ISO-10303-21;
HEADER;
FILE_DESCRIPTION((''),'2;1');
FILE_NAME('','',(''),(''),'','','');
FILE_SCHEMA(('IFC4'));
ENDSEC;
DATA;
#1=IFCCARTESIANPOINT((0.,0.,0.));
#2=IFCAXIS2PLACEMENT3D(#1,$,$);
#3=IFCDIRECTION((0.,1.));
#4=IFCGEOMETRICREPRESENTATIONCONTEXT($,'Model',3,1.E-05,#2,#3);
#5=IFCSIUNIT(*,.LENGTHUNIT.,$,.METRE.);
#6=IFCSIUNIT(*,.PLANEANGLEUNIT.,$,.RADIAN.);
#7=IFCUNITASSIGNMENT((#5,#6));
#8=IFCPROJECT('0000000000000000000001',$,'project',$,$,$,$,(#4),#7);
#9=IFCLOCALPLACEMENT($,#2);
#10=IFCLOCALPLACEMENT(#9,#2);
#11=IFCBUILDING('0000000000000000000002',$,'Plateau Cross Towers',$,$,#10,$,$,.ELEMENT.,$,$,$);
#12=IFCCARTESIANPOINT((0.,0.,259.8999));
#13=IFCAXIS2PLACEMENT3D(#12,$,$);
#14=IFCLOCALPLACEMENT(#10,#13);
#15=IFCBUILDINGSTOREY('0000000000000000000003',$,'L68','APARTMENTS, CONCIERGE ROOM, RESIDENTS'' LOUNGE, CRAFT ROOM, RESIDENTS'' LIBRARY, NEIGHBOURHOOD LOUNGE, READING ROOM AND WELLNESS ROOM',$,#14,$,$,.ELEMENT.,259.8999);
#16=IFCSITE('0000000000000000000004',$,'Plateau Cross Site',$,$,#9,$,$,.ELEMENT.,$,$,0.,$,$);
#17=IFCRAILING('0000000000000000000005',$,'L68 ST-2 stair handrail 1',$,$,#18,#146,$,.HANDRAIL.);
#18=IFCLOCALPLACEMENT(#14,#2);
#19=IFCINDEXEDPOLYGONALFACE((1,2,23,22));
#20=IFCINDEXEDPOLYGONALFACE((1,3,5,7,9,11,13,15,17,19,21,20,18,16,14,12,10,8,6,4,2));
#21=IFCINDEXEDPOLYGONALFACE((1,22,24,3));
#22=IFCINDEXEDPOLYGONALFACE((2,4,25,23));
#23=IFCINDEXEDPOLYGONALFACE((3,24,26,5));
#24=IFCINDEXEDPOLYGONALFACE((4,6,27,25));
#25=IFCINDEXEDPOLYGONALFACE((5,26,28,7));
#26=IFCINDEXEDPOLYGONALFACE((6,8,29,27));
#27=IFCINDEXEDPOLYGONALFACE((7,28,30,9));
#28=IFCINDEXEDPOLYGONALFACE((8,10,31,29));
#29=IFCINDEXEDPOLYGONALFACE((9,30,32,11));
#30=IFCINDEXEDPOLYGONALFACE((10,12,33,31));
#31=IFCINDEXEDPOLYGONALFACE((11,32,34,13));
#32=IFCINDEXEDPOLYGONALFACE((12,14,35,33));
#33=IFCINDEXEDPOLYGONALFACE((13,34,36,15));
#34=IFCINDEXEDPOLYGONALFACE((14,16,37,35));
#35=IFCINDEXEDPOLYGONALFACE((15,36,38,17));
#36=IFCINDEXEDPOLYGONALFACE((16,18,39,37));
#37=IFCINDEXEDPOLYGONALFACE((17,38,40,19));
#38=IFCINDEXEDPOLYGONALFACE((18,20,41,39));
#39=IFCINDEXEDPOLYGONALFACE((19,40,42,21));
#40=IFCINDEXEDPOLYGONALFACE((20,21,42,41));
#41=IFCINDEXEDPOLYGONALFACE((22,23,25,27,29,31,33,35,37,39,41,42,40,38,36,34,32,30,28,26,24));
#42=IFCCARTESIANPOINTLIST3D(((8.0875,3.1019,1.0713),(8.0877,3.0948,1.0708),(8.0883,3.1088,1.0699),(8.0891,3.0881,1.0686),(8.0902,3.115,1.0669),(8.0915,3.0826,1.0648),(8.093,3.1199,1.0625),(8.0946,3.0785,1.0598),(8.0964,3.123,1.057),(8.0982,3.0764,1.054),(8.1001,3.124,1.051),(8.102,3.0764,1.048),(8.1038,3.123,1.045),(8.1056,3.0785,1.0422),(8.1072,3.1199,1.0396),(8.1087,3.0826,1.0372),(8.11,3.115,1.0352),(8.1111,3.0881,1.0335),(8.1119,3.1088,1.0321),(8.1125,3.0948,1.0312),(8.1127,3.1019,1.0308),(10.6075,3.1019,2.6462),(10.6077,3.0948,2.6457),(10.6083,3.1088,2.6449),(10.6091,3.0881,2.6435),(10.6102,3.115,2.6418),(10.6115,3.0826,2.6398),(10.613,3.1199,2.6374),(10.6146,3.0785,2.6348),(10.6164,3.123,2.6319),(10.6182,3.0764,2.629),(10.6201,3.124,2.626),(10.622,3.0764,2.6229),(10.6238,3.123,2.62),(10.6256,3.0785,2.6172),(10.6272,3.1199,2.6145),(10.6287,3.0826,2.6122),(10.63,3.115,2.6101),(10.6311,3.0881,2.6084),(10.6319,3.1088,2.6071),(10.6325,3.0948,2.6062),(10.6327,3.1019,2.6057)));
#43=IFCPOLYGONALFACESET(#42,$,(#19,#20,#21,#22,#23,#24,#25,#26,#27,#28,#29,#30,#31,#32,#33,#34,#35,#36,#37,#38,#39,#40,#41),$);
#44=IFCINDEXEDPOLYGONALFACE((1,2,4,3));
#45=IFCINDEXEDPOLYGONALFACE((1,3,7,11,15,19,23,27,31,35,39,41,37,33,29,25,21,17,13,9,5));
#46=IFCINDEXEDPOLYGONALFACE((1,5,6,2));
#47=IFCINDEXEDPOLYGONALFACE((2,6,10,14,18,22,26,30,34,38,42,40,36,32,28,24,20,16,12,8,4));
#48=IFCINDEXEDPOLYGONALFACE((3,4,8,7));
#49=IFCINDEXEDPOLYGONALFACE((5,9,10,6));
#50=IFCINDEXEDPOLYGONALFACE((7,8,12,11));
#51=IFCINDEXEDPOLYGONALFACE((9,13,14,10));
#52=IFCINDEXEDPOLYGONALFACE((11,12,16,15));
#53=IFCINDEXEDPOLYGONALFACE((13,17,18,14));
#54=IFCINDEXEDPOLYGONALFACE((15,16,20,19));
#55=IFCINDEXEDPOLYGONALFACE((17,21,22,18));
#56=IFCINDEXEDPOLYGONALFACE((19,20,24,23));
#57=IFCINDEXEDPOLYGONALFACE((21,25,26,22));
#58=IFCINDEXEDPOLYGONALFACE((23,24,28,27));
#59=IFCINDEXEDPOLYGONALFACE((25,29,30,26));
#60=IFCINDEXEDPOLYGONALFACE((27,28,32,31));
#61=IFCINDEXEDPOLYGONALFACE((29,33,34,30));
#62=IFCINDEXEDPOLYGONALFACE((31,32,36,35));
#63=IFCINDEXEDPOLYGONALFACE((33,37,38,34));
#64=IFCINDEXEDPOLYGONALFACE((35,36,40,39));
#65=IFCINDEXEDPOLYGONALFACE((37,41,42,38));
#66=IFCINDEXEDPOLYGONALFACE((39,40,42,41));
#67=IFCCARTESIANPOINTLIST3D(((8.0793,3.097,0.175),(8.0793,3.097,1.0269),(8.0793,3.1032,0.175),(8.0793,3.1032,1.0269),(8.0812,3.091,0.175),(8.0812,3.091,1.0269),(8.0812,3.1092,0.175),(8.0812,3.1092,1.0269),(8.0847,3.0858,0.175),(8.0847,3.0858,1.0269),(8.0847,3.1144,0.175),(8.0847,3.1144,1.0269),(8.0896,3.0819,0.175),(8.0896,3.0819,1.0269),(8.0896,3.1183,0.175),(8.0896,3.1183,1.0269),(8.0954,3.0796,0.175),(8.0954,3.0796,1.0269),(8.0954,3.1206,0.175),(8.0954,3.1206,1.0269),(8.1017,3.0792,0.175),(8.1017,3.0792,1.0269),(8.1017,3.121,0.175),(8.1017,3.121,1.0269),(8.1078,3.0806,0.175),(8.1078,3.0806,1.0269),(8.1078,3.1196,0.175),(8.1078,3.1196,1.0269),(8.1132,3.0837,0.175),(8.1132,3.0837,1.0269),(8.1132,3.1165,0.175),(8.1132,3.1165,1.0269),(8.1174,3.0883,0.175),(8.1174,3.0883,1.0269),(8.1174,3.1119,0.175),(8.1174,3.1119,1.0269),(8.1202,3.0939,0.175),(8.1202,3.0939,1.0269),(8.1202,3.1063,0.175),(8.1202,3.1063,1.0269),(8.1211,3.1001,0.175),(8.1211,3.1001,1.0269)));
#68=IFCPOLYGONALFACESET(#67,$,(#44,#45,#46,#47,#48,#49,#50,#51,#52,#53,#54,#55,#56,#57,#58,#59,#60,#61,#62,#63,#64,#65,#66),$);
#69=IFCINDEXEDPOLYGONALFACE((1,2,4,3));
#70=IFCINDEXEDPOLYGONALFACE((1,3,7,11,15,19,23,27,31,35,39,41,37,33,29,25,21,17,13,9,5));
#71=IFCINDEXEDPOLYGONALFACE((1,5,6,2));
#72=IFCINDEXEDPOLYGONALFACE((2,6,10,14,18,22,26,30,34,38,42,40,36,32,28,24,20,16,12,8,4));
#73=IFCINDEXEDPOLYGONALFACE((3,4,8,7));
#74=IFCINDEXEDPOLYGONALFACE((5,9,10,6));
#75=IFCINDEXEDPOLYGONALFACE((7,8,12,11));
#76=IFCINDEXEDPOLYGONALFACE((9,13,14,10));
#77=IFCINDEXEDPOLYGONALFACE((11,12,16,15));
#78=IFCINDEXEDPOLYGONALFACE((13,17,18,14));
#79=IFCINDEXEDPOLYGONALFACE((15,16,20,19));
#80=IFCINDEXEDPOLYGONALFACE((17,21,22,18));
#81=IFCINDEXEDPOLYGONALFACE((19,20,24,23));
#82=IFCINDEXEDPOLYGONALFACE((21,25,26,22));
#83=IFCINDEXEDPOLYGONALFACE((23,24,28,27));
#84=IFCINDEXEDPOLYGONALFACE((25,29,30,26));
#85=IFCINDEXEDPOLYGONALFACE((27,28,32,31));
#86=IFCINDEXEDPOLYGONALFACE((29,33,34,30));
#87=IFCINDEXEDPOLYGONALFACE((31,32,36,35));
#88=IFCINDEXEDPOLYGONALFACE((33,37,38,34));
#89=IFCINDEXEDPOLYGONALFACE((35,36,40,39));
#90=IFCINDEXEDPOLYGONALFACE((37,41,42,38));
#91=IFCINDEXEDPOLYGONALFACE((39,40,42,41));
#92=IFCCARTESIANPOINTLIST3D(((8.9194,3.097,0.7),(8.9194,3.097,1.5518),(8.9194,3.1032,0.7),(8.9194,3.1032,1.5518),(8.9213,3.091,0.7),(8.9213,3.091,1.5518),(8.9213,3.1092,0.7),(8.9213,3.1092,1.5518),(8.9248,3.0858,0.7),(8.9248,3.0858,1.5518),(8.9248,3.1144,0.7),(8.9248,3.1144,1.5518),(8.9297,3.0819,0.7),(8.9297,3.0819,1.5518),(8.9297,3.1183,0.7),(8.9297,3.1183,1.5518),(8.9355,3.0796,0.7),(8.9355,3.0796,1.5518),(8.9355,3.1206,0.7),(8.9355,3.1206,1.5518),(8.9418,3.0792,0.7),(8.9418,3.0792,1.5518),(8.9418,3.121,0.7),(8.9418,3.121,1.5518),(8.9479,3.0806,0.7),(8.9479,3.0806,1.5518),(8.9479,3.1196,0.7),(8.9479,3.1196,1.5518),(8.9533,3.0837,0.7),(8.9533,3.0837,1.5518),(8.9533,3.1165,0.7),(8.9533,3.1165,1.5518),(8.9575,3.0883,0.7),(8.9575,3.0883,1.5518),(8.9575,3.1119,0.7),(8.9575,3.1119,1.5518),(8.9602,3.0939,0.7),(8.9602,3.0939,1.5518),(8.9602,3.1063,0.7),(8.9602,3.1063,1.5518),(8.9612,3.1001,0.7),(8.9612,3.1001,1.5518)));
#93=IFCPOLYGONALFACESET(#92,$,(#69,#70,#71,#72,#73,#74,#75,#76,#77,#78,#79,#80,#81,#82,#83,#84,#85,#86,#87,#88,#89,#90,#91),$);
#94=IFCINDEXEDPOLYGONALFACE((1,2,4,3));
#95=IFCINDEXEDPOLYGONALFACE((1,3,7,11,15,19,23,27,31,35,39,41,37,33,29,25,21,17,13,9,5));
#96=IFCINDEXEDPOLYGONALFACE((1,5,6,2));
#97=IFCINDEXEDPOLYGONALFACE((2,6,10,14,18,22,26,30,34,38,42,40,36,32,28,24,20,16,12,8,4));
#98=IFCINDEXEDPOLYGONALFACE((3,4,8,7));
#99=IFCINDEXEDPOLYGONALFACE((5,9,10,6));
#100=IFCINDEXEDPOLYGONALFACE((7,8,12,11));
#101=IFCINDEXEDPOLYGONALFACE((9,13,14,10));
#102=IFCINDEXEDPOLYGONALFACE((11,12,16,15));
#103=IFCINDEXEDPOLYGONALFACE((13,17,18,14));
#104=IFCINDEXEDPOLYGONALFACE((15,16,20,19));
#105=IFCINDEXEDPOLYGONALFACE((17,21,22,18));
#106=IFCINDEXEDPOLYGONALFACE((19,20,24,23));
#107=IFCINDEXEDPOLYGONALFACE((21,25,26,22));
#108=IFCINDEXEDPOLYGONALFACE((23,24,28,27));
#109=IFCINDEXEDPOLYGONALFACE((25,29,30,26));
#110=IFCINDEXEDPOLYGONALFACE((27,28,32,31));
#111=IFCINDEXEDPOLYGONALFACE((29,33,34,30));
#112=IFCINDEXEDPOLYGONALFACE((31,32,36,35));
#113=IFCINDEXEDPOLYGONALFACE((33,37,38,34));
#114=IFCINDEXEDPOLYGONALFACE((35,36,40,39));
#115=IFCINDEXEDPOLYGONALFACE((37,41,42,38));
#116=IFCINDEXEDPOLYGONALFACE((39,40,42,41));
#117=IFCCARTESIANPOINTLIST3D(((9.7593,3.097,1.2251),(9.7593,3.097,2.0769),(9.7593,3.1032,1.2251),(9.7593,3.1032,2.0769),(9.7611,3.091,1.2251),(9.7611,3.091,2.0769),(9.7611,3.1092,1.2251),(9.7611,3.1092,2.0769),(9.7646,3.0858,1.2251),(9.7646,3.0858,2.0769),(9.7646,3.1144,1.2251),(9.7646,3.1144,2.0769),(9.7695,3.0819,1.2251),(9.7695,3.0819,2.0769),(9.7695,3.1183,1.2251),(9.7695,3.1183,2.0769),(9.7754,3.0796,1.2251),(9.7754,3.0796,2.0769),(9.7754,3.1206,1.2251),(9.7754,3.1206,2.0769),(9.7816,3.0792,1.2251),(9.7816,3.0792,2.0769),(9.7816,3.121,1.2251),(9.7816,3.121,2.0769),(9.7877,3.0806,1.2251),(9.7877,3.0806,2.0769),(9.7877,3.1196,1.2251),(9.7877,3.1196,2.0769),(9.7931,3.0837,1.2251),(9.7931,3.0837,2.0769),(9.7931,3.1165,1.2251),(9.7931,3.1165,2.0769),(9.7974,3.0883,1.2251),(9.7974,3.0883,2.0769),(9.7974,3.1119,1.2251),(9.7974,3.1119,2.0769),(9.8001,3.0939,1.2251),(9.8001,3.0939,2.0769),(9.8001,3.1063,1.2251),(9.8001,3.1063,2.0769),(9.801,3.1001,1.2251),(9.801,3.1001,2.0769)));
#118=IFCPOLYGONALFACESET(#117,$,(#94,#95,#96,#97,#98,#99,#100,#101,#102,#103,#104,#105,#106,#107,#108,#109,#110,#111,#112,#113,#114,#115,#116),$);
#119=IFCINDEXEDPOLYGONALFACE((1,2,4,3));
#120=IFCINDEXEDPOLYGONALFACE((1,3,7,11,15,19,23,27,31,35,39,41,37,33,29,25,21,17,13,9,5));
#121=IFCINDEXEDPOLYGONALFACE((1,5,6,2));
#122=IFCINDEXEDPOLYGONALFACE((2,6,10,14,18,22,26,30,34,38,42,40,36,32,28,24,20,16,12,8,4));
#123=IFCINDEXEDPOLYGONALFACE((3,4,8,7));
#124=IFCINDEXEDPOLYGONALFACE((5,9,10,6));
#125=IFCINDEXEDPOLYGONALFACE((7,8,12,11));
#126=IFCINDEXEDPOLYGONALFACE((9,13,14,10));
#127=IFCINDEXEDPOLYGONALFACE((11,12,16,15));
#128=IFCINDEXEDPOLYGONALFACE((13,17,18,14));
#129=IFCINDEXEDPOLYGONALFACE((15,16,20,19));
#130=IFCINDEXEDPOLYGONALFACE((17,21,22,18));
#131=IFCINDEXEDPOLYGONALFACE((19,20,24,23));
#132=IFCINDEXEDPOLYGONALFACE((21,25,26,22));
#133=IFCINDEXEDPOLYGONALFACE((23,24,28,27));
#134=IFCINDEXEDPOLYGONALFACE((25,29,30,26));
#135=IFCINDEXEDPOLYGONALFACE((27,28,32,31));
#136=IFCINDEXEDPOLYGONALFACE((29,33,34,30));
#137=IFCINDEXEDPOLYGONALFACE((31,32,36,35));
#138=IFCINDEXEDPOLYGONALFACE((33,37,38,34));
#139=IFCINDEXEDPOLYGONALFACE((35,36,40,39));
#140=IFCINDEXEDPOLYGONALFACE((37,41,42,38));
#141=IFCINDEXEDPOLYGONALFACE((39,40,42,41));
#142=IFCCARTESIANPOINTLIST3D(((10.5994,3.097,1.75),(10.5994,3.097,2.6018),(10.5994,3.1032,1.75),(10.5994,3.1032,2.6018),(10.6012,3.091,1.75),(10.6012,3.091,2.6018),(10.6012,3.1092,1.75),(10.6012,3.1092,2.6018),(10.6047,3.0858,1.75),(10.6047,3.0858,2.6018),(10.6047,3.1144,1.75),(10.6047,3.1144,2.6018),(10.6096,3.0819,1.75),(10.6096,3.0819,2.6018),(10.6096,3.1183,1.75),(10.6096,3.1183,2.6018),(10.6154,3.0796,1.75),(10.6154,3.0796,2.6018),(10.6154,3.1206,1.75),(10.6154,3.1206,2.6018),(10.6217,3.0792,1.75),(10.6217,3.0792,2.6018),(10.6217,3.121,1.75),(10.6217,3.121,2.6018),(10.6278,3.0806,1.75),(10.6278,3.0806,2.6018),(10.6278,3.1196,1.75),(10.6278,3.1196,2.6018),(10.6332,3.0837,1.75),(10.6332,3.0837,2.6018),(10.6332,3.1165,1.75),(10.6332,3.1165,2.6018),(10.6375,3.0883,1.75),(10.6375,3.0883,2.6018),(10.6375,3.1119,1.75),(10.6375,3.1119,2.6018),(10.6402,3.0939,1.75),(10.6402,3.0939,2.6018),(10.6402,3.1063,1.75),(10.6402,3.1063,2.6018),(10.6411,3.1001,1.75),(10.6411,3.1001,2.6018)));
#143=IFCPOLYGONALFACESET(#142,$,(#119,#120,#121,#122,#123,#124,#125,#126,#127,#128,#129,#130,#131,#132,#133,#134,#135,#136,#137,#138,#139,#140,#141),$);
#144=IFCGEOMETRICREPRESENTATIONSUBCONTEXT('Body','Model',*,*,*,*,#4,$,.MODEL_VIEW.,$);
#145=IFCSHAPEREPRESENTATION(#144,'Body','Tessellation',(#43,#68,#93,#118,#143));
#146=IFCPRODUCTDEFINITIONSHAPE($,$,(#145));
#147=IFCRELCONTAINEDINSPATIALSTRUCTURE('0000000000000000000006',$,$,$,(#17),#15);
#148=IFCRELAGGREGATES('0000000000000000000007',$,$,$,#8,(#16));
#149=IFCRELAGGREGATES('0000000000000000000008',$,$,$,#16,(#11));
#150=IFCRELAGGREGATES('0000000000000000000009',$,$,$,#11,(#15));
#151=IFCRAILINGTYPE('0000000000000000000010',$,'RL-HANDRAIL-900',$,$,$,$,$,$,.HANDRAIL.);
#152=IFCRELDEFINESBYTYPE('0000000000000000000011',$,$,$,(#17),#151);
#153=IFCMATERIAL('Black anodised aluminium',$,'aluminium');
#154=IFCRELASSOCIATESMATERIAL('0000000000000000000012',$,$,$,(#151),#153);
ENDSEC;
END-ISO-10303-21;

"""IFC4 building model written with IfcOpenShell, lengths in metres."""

from ifc_helpers import new_model, si_unit, direction, frame, origin, origin_2d, place, context, subcontext, project, spatial, circle, extrude, material, type_object, element, save


model = new_model("IFC4")

# Units and contexts
model_context = context("Model", 3, precision=1e-05, world=origin(), true_north=direction((0.0, 1.0)))
body_context = subcontext(model_context, "Body", "Model", "MODEL_VIEW")
ifc_project = project(units=[si_unit("LENGTHUNIT", "METRE"), si_unit("PLANEANGLEUNIT", "RADIAN")], contexts=[model_context])

# Site, building, storey
site_placement = place(None, origin())
site = spatial("IfcSite", under=ifc_project, at=site_placement, Name="Plateau Cross Site", CompositionType="ELEMENT", RefElevation=0.0)
building_placement = place(site_placement, origin())
building = spatial("IfcBuilding", under=site, at=building_placement, Name="Plateau Cross Towers", CompositionType="ELEMENT")
storey_placement = place(building_placement, frame((0.0, 0.0, 259.8999)))
storey = spatial("IfcBuildingStorey", under=building, at=storey_placement, Name="L68", Description="APARTMENTS, CONCIERGE ROOM, RESIDENTS' LOUNGE, CRAFT ROOM, RESIDENTS' LIBRARY, NEIGHBOURHOOD LOUNGE, READING ROOM AND WELLNESS ROOM", CompositionType="ELEMENT", Elevation=259.8999)

# Shared definitions
ifc_material_1 = material(Name="Black anodised aluminium", Category="aluminium")

# Railing
railing_type_1 = type_object("IfcRailingType", Name="RL-HANDRAIL-900", PredefinedType="HANDRAIL", material=ifc_material_1)
railing_1_placement = place(storey_placement, frame((8.1001, 3.1001, 0.175)))
element("IfcRailing", 1, at=railing_1_placement, inside=storey, type_object=railing_type_1, Name="L68 ST-2 stair handrail 1", PredefinedType="HANDRAIL", context=body_context, shape_type="SweptSolid", body=[
    extrude(circle(Radius=0.0239, at=origin_2d()), frame((0.0, 0.0, 0.876), z_axis=(0.848008, 0.0, 0.529984), x_axis=(0.0, 1.0, 0.0)), (0.0, 0.0, 1.0), 2.9717),
    extrude(circle(Radius=0.021, at=origin_2d()), origin(), (0.0, 0.0, 1.0), 0.8518),
    extrude(circle(Radius=0.021, at=origin_2d()), frame((0.8401, 0.0, 0.5249)), (0.0, 0.0, 1.0), 0.8518),
    extrude(circle(Radius=0.021, at=origin_2d()), frame((1.6799, 0.0, 1.05)), (0.0, 0.0, 1.0), 0.8518),
    extrude(circle(Radius=0.021, at=origin_2d()), frame((2.52, 0.0, 1.575)), (0.0, 0.0, 1.0), 0.8518),
])

save(model, "model.ifc")
